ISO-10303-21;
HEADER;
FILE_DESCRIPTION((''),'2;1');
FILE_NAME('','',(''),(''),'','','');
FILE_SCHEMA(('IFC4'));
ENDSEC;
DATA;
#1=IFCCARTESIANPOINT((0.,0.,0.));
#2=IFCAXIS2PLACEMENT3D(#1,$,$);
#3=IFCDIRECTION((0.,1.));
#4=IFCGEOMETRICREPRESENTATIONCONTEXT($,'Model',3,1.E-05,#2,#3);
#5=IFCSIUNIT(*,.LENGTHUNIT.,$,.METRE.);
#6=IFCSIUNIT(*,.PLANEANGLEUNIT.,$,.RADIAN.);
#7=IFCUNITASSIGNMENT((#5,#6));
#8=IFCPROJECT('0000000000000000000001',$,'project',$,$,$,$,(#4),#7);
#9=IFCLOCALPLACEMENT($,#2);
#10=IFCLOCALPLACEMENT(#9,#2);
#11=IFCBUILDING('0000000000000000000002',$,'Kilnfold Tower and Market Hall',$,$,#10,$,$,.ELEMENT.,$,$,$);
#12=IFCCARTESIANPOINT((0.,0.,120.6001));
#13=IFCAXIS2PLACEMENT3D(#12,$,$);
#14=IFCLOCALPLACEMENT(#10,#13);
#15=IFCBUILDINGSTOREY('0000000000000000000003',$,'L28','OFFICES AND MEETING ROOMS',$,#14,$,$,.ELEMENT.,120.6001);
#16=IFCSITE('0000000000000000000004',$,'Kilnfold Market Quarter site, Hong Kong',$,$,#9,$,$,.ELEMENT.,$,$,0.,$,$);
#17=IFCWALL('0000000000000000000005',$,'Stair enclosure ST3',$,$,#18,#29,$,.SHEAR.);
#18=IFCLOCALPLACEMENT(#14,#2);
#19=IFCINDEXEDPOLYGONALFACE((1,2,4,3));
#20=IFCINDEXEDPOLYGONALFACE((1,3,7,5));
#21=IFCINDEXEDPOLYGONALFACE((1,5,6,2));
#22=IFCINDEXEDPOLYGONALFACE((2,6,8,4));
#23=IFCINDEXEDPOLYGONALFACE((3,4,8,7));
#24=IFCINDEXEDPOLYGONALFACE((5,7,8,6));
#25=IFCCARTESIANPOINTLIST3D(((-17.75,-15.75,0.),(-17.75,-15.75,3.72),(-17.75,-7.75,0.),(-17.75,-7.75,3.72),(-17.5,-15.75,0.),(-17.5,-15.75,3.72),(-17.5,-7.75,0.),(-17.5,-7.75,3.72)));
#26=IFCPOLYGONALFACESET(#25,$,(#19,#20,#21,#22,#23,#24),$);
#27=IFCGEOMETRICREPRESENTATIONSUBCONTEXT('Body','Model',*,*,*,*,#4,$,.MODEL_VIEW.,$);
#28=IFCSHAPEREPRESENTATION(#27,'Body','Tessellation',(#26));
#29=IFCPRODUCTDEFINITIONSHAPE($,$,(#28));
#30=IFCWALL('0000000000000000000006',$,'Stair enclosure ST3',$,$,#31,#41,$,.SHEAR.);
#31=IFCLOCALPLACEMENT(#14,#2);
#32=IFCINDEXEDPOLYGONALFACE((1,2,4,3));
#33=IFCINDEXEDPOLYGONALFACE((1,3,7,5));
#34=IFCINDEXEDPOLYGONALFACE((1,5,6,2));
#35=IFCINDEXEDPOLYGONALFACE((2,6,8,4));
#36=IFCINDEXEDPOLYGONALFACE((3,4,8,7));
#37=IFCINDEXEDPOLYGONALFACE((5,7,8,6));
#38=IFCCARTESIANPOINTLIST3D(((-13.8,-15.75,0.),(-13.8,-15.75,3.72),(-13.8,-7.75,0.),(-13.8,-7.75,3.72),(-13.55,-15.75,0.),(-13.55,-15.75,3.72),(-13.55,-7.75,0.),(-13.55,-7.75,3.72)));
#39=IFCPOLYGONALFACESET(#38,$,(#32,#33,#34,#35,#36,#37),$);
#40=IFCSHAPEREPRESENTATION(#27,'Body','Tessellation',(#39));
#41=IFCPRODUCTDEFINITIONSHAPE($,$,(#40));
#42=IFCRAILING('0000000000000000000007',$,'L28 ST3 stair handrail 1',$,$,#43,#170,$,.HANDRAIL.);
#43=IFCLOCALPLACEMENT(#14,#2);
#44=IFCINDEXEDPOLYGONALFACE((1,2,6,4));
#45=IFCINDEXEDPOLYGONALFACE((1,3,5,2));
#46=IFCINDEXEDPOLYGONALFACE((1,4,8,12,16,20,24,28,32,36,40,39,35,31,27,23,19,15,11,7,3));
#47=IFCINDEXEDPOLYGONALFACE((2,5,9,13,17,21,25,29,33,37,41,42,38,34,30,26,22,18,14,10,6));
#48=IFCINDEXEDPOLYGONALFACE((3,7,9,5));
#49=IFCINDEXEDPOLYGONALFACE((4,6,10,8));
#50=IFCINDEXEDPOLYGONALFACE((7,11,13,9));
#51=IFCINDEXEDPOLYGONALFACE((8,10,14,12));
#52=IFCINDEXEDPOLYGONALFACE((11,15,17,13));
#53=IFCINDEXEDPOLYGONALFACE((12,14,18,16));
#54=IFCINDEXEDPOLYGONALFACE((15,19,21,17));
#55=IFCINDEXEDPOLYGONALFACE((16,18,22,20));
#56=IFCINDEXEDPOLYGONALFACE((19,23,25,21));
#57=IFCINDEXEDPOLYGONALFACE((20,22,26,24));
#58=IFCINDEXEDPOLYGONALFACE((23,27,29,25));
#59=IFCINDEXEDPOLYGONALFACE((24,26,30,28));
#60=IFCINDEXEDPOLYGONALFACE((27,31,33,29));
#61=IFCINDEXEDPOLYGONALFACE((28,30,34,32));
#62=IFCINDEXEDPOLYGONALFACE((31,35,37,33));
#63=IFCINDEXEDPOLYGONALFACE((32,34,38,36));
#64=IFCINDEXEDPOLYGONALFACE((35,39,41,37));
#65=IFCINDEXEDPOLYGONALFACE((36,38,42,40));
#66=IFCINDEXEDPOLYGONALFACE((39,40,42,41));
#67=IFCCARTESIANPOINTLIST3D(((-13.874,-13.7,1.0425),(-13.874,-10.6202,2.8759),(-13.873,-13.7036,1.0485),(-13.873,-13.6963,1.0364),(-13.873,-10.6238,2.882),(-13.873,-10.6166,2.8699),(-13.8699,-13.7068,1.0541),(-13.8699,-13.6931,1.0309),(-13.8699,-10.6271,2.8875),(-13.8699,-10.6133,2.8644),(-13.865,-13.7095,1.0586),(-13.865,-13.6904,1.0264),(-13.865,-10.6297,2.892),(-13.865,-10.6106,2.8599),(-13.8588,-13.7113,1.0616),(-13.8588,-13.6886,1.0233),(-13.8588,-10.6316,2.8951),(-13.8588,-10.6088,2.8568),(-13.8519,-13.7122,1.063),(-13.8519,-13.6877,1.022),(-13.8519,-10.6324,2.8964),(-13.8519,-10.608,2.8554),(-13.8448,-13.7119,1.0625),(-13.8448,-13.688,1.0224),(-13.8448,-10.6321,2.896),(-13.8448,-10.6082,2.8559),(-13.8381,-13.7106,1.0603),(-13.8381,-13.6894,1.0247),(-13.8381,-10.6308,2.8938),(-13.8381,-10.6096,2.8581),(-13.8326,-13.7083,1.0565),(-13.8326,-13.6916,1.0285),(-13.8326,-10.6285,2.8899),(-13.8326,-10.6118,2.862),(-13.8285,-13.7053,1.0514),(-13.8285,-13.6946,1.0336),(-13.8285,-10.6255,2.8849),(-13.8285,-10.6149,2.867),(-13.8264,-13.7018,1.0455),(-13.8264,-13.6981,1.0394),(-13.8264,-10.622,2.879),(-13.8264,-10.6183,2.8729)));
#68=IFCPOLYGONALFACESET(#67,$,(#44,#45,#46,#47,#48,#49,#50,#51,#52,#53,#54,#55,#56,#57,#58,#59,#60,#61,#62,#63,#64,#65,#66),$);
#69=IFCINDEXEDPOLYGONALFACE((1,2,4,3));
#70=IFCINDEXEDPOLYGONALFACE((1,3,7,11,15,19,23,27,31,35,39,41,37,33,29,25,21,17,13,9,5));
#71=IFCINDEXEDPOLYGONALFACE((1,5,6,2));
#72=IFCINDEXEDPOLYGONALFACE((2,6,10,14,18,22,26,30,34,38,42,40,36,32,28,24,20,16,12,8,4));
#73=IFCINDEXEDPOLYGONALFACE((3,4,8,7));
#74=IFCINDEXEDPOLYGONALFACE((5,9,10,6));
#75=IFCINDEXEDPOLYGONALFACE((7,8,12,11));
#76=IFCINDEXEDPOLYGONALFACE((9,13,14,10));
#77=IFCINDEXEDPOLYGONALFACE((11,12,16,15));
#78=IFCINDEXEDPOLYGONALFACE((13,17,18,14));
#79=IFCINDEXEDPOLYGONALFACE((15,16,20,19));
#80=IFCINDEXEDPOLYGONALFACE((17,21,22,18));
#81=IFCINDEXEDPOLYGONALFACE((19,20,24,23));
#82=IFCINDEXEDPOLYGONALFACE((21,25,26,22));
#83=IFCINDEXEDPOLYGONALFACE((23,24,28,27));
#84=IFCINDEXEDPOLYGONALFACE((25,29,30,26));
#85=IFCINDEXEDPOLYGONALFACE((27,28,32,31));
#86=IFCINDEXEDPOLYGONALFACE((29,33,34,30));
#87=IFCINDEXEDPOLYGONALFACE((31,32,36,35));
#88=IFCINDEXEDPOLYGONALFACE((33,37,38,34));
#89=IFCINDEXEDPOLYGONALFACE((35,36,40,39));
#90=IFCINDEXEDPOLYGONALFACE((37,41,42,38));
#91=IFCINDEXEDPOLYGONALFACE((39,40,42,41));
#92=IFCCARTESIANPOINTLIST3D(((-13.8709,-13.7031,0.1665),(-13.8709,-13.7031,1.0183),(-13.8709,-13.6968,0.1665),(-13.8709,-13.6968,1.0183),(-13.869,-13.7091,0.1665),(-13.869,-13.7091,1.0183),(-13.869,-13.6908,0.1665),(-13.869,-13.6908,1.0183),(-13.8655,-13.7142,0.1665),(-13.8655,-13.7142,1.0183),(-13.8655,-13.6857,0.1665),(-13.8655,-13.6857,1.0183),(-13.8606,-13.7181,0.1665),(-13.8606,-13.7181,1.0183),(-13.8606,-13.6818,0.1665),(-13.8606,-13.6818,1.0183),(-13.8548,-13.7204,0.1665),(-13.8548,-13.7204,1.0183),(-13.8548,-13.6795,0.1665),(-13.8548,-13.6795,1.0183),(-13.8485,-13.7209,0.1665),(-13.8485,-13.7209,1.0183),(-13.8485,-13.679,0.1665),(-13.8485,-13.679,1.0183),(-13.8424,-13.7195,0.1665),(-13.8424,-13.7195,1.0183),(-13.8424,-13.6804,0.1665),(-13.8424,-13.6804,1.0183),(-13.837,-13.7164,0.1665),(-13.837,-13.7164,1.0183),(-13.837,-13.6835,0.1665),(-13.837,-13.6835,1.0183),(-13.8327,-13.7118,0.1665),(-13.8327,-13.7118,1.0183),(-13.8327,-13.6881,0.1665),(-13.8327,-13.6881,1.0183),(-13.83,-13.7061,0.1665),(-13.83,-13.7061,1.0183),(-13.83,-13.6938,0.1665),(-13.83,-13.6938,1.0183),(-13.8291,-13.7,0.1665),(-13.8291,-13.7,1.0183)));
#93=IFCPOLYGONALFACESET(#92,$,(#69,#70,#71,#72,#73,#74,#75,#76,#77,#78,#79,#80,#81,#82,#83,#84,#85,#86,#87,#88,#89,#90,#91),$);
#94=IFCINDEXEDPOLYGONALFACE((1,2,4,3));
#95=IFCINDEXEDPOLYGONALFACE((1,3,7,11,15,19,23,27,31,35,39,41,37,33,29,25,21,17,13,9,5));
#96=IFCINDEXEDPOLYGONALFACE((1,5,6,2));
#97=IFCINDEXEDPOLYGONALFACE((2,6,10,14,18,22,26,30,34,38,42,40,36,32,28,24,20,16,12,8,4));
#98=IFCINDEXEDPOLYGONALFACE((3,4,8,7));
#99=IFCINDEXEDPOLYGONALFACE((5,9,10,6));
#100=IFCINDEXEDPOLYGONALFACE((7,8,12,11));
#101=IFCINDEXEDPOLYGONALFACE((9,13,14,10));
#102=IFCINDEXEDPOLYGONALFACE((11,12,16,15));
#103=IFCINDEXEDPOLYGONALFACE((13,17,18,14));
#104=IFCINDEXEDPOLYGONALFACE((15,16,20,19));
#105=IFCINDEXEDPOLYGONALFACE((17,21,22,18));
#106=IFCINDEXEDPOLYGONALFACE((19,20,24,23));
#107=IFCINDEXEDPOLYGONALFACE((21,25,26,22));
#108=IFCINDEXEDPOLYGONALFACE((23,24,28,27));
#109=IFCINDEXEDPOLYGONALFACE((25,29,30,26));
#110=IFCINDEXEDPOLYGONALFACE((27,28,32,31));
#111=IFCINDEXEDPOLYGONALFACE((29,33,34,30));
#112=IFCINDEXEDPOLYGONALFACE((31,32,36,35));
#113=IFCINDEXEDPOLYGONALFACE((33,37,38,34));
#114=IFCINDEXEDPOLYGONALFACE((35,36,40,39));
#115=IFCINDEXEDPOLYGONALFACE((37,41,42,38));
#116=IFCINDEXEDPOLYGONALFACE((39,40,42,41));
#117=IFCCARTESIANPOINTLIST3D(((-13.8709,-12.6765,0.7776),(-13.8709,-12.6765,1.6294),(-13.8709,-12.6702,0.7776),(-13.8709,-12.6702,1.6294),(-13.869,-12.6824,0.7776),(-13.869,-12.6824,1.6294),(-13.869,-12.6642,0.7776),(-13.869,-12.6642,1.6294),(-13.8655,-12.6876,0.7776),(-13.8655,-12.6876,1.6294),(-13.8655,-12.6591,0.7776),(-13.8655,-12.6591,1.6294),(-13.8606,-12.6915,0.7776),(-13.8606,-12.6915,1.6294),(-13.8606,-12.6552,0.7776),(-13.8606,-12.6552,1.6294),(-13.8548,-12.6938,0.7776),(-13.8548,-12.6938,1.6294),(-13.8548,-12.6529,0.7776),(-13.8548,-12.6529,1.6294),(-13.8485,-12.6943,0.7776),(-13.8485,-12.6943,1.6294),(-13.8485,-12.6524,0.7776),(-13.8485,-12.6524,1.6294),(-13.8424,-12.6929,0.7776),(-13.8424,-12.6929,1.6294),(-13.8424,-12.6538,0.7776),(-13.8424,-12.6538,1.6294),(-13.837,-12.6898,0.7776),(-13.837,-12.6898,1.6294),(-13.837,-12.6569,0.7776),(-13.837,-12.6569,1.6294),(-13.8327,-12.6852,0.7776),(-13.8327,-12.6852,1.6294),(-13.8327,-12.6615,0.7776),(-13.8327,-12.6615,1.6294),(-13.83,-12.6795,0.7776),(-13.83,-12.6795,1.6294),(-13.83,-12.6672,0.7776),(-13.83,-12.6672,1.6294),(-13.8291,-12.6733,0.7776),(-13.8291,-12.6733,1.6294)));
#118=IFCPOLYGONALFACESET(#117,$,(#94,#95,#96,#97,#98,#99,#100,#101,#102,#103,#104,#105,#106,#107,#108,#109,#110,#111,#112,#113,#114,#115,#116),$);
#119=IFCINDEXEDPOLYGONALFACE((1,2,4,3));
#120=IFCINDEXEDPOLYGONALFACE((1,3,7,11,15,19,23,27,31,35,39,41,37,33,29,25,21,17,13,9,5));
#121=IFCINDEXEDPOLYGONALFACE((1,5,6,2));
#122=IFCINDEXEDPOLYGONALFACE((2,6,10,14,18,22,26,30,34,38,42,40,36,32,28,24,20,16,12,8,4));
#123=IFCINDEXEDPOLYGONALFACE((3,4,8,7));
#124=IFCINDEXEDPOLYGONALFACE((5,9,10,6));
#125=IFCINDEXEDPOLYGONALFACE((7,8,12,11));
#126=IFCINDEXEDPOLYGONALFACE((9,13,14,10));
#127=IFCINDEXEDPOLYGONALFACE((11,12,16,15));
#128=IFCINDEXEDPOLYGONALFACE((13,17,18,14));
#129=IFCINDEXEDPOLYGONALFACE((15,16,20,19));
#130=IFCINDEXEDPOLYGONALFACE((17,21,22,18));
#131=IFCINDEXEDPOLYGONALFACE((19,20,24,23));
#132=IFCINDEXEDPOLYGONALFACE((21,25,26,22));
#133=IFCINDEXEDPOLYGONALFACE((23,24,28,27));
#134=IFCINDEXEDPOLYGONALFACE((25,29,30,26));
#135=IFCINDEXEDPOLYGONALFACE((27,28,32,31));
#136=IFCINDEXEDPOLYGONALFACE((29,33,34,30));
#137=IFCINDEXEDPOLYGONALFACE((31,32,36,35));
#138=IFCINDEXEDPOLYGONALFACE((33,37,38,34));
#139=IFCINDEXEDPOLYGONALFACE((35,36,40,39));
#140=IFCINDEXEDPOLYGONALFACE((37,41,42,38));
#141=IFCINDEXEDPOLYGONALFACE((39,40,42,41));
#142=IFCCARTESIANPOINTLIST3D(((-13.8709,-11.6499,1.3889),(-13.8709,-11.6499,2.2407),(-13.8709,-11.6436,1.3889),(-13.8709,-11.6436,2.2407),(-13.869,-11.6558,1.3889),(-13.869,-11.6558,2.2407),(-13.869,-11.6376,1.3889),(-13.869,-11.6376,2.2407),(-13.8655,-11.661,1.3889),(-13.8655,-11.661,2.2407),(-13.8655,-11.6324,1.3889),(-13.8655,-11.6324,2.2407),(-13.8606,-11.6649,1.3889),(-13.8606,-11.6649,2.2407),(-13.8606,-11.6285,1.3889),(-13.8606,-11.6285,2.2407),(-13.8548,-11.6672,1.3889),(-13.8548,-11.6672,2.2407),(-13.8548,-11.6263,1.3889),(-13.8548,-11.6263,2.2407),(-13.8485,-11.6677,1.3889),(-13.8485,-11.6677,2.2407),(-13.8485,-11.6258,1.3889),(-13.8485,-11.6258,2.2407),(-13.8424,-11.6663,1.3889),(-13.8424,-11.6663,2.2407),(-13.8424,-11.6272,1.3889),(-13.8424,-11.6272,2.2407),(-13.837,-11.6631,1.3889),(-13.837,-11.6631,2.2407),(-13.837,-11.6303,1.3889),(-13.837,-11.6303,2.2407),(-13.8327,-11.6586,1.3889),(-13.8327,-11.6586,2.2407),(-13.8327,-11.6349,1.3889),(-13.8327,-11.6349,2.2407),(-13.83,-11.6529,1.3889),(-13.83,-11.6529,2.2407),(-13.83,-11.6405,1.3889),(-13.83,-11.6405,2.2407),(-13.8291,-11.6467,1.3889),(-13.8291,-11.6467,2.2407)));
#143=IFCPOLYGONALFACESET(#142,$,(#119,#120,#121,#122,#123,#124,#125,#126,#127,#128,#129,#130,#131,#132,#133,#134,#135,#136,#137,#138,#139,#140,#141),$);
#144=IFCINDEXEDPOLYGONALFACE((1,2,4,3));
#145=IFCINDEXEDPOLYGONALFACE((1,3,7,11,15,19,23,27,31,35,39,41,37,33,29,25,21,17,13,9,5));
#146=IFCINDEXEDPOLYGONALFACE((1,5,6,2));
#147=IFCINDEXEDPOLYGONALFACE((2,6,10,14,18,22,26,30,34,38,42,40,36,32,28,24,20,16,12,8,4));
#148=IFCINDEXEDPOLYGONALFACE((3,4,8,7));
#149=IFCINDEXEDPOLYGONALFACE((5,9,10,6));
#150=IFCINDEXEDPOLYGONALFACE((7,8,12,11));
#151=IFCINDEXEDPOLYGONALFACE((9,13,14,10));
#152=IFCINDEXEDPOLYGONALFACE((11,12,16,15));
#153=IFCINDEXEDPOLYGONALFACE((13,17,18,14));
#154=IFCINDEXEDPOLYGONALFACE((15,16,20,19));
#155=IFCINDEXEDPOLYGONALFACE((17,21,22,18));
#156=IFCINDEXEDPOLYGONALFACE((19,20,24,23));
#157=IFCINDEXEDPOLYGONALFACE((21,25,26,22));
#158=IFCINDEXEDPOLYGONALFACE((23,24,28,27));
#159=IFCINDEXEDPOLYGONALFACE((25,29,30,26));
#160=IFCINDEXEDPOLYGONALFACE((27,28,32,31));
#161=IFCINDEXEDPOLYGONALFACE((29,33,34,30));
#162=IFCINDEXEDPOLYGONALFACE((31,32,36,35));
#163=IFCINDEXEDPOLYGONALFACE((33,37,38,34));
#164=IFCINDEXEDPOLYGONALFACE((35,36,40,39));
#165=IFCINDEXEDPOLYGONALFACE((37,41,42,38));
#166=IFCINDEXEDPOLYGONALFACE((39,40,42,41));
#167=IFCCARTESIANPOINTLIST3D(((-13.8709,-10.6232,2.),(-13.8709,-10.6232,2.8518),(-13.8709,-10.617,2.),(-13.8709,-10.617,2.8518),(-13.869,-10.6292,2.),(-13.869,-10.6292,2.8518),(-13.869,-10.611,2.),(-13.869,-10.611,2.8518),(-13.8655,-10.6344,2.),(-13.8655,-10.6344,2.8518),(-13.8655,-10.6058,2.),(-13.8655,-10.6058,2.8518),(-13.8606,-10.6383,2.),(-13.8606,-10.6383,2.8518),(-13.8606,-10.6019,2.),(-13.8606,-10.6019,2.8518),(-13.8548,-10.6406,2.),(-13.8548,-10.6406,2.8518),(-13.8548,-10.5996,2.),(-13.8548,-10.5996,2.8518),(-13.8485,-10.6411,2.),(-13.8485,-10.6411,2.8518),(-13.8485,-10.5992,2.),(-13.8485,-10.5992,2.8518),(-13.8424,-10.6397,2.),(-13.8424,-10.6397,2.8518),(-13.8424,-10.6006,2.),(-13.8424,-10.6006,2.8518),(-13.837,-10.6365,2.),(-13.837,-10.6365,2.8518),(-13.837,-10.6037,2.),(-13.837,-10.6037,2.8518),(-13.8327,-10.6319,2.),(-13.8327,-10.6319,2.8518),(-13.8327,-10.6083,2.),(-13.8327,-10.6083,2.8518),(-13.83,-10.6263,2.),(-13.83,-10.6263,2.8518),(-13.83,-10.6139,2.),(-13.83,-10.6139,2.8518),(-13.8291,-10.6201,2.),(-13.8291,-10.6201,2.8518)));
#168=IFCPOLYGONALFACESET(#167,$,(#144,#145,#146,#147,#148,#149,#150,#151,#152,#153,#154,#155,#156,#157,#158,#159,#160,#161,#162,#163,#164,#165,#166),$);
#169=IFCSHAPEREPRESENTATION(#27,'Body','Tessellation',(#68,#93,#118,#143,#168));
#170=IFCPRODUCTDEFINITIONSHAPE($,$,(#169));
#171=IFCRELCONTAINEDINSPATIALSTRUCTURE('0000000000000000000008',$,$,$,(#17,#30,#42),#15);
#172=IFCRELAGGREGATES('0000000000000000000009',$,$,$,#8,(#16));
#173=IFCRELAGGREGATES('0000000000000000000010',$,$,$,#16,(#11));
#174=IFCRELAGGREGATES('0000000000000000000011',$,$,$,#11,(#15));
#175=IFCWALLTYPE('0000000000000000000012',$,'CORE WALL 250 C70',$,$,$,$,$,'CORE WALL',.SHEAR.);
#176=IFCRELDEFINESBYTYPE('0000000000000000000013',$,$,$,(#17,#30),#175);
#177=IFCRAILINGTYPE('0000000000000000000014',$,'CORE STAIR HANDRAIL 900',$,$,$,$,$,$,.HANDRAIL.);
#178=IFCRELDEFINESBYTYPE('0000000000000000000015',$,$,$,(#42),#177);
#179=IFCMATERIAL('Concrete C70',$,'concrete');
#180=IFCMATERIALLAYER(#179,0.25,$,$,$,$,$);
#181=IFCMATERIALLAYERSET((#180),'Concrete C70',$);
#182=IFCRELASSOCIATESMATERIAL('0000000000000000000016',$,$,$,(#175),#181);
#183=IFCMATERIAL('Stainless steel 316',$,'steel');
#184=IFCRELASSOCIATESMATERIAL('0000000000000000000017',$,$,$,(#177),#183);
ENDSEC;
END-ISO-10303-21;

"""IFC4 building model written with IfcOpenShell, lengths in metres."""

from ifc_helpers import new_model, si_unit, direction, frame, frame_2d, origin, origin_2d, place, context, subcontext, project, spatial, rectangle, circle, extrude, source, transform, mapped, material, layer, layer_set, type_object, element, save


model = new_model("IFC4")

# Units and contexts
model_context = context("Model", 3, precision=1e-05, world=origin(), true_north=direction((0.0, 1.0)))
body_context = subcontext(model_context, "Body", "Model", "MODEL_VIEW")
ifc_project = project(units=[si_unit("LENGTHUNIT", "METRE"), si_unit("PLANEANGLEUNIT", "RADIAN")], contexts=[model_context])

# Site, building, storey
site_placement = place(None, origin())
site = spatial("IfcSite", under=ifc_project, at=site_placement, Name="Kilnfold Market Quarter site, Hong Kong", CompositionType="ELEMENT", RefElevation=0.0)
building_placement = place(site_placement, origin())
building = spatial("IfcBuilding", under=site, at=building_placement, Name="Kilnfold Tower and Market Hall", CompositionType="ELEMENT")
storey_placement = place(building_placement, frame((0.0, 0.0, 120.6001)))
storey = spatial("IfcBuildingStorey", under=building, at=storey_placement, Name="L28", Description="OFFICES AND MEETING ROOMS", CompositionType="ELEMENT", Elevation=120.6001)

# Shared definitions
ifc_material_1 = material(Name="Concrete C70", Category="concrete")
ifc_layer_1 = layer(ifc_material_1, 0.25)
ifc_layer_set_1 = layer_set([ifc_layer_1], Name="Concrete C70")
wall_type_1 = type_object("IfcWallType", Name="CORE WALL 250 C70", ElementType="CORE WALL", PredefinedType="SHEAR", material=ifc_layer_set_1)

# Walls
shared_shape_1 = source(origin(), body_context, "Body", "SweptSolid", [
    extrude(rectangle(XDim=8.0, YDim=0.25, at=frame_2d((4.0, 0.0))), origin(), (0.0, 0.0, 1.0), 3.72),
])
for number, where, z_axis, x_axis, name in (
    (1, (-17.625, -15.75, 0.0), (0.0, 0.0, 1.0), (0.0, 1.0, 0.0), "Stair enclosure ST3"),
    (2, (-13.675, -15.75, 0.0), (0.0, 0.0, 1.0), (0.0, 1.0, 0.0), "Stair enclosure ST3"),
):
    element("IfcWall", number, at=place(storey_placement, frame(where, z_axis=z_axis, x_axis=x_axis)), inside=storey, type_object=wall_type_1, Name=name, PredefinedType="SHEAR", context=body_context, shape_type="MappedRepresentation", body=[
        mapped(shared_shape_1, transform((0.0, 0.0, 0.0))),
    ])

# Railing
ifc_material_2 = material(Name="Stainless steel 316", Category="steel")
railing_type_1 = type_object("IfcRailingType", Name="CORE STAIR HANDRAIL 900", PredefinedType="HANDRAIL", material=ifc_material_2)
railing_1_placement = place(storey_placement, frame((-13.8501, -13.7, 0.1665)))
element("IfcRailing", 3, at=railing_1_placement, inside=storey, type_object=railing_type_1, Name="L28 ST3 stair handrail 1", PredefinedType="HANDRAIL", context=body_context, shape_type="SweptSolid", body=[
    extrude(circle(Radius=0.0239, at=origin_2d()), frame((0.0, 0.0, 0.876), z_axis=(0.0, 0.859261, 0.511538), x_axis=(-1.0, 0.0, 0.0)), (0.0, 0.0, 1.0), 3.5842),
    extrude(circle(Radius=0.021, at=origin_2d()), origin(), (0.0, 0.0, 1.0), 0.8518),
    extrude(circle(Radius=0.021, at=origin_2d()), frame((0.0, 1.0266, 0.6111)), (0.0, 0.0, 1.0), 0.8518),
    extrude(circle(Radius=0.021, at=origin_2d()), frame((0.0, 2.0532, 1.2224)), (0.0, 0.0, 1.0), 0.8518),
    extrude(circle(Radius=0.021, at=origin_2d()), frame((0.0, 3.0798, 1.8335)), (0.0, 0.0, 1.0), 0.8518),
])

save(model, "model.ifc")
